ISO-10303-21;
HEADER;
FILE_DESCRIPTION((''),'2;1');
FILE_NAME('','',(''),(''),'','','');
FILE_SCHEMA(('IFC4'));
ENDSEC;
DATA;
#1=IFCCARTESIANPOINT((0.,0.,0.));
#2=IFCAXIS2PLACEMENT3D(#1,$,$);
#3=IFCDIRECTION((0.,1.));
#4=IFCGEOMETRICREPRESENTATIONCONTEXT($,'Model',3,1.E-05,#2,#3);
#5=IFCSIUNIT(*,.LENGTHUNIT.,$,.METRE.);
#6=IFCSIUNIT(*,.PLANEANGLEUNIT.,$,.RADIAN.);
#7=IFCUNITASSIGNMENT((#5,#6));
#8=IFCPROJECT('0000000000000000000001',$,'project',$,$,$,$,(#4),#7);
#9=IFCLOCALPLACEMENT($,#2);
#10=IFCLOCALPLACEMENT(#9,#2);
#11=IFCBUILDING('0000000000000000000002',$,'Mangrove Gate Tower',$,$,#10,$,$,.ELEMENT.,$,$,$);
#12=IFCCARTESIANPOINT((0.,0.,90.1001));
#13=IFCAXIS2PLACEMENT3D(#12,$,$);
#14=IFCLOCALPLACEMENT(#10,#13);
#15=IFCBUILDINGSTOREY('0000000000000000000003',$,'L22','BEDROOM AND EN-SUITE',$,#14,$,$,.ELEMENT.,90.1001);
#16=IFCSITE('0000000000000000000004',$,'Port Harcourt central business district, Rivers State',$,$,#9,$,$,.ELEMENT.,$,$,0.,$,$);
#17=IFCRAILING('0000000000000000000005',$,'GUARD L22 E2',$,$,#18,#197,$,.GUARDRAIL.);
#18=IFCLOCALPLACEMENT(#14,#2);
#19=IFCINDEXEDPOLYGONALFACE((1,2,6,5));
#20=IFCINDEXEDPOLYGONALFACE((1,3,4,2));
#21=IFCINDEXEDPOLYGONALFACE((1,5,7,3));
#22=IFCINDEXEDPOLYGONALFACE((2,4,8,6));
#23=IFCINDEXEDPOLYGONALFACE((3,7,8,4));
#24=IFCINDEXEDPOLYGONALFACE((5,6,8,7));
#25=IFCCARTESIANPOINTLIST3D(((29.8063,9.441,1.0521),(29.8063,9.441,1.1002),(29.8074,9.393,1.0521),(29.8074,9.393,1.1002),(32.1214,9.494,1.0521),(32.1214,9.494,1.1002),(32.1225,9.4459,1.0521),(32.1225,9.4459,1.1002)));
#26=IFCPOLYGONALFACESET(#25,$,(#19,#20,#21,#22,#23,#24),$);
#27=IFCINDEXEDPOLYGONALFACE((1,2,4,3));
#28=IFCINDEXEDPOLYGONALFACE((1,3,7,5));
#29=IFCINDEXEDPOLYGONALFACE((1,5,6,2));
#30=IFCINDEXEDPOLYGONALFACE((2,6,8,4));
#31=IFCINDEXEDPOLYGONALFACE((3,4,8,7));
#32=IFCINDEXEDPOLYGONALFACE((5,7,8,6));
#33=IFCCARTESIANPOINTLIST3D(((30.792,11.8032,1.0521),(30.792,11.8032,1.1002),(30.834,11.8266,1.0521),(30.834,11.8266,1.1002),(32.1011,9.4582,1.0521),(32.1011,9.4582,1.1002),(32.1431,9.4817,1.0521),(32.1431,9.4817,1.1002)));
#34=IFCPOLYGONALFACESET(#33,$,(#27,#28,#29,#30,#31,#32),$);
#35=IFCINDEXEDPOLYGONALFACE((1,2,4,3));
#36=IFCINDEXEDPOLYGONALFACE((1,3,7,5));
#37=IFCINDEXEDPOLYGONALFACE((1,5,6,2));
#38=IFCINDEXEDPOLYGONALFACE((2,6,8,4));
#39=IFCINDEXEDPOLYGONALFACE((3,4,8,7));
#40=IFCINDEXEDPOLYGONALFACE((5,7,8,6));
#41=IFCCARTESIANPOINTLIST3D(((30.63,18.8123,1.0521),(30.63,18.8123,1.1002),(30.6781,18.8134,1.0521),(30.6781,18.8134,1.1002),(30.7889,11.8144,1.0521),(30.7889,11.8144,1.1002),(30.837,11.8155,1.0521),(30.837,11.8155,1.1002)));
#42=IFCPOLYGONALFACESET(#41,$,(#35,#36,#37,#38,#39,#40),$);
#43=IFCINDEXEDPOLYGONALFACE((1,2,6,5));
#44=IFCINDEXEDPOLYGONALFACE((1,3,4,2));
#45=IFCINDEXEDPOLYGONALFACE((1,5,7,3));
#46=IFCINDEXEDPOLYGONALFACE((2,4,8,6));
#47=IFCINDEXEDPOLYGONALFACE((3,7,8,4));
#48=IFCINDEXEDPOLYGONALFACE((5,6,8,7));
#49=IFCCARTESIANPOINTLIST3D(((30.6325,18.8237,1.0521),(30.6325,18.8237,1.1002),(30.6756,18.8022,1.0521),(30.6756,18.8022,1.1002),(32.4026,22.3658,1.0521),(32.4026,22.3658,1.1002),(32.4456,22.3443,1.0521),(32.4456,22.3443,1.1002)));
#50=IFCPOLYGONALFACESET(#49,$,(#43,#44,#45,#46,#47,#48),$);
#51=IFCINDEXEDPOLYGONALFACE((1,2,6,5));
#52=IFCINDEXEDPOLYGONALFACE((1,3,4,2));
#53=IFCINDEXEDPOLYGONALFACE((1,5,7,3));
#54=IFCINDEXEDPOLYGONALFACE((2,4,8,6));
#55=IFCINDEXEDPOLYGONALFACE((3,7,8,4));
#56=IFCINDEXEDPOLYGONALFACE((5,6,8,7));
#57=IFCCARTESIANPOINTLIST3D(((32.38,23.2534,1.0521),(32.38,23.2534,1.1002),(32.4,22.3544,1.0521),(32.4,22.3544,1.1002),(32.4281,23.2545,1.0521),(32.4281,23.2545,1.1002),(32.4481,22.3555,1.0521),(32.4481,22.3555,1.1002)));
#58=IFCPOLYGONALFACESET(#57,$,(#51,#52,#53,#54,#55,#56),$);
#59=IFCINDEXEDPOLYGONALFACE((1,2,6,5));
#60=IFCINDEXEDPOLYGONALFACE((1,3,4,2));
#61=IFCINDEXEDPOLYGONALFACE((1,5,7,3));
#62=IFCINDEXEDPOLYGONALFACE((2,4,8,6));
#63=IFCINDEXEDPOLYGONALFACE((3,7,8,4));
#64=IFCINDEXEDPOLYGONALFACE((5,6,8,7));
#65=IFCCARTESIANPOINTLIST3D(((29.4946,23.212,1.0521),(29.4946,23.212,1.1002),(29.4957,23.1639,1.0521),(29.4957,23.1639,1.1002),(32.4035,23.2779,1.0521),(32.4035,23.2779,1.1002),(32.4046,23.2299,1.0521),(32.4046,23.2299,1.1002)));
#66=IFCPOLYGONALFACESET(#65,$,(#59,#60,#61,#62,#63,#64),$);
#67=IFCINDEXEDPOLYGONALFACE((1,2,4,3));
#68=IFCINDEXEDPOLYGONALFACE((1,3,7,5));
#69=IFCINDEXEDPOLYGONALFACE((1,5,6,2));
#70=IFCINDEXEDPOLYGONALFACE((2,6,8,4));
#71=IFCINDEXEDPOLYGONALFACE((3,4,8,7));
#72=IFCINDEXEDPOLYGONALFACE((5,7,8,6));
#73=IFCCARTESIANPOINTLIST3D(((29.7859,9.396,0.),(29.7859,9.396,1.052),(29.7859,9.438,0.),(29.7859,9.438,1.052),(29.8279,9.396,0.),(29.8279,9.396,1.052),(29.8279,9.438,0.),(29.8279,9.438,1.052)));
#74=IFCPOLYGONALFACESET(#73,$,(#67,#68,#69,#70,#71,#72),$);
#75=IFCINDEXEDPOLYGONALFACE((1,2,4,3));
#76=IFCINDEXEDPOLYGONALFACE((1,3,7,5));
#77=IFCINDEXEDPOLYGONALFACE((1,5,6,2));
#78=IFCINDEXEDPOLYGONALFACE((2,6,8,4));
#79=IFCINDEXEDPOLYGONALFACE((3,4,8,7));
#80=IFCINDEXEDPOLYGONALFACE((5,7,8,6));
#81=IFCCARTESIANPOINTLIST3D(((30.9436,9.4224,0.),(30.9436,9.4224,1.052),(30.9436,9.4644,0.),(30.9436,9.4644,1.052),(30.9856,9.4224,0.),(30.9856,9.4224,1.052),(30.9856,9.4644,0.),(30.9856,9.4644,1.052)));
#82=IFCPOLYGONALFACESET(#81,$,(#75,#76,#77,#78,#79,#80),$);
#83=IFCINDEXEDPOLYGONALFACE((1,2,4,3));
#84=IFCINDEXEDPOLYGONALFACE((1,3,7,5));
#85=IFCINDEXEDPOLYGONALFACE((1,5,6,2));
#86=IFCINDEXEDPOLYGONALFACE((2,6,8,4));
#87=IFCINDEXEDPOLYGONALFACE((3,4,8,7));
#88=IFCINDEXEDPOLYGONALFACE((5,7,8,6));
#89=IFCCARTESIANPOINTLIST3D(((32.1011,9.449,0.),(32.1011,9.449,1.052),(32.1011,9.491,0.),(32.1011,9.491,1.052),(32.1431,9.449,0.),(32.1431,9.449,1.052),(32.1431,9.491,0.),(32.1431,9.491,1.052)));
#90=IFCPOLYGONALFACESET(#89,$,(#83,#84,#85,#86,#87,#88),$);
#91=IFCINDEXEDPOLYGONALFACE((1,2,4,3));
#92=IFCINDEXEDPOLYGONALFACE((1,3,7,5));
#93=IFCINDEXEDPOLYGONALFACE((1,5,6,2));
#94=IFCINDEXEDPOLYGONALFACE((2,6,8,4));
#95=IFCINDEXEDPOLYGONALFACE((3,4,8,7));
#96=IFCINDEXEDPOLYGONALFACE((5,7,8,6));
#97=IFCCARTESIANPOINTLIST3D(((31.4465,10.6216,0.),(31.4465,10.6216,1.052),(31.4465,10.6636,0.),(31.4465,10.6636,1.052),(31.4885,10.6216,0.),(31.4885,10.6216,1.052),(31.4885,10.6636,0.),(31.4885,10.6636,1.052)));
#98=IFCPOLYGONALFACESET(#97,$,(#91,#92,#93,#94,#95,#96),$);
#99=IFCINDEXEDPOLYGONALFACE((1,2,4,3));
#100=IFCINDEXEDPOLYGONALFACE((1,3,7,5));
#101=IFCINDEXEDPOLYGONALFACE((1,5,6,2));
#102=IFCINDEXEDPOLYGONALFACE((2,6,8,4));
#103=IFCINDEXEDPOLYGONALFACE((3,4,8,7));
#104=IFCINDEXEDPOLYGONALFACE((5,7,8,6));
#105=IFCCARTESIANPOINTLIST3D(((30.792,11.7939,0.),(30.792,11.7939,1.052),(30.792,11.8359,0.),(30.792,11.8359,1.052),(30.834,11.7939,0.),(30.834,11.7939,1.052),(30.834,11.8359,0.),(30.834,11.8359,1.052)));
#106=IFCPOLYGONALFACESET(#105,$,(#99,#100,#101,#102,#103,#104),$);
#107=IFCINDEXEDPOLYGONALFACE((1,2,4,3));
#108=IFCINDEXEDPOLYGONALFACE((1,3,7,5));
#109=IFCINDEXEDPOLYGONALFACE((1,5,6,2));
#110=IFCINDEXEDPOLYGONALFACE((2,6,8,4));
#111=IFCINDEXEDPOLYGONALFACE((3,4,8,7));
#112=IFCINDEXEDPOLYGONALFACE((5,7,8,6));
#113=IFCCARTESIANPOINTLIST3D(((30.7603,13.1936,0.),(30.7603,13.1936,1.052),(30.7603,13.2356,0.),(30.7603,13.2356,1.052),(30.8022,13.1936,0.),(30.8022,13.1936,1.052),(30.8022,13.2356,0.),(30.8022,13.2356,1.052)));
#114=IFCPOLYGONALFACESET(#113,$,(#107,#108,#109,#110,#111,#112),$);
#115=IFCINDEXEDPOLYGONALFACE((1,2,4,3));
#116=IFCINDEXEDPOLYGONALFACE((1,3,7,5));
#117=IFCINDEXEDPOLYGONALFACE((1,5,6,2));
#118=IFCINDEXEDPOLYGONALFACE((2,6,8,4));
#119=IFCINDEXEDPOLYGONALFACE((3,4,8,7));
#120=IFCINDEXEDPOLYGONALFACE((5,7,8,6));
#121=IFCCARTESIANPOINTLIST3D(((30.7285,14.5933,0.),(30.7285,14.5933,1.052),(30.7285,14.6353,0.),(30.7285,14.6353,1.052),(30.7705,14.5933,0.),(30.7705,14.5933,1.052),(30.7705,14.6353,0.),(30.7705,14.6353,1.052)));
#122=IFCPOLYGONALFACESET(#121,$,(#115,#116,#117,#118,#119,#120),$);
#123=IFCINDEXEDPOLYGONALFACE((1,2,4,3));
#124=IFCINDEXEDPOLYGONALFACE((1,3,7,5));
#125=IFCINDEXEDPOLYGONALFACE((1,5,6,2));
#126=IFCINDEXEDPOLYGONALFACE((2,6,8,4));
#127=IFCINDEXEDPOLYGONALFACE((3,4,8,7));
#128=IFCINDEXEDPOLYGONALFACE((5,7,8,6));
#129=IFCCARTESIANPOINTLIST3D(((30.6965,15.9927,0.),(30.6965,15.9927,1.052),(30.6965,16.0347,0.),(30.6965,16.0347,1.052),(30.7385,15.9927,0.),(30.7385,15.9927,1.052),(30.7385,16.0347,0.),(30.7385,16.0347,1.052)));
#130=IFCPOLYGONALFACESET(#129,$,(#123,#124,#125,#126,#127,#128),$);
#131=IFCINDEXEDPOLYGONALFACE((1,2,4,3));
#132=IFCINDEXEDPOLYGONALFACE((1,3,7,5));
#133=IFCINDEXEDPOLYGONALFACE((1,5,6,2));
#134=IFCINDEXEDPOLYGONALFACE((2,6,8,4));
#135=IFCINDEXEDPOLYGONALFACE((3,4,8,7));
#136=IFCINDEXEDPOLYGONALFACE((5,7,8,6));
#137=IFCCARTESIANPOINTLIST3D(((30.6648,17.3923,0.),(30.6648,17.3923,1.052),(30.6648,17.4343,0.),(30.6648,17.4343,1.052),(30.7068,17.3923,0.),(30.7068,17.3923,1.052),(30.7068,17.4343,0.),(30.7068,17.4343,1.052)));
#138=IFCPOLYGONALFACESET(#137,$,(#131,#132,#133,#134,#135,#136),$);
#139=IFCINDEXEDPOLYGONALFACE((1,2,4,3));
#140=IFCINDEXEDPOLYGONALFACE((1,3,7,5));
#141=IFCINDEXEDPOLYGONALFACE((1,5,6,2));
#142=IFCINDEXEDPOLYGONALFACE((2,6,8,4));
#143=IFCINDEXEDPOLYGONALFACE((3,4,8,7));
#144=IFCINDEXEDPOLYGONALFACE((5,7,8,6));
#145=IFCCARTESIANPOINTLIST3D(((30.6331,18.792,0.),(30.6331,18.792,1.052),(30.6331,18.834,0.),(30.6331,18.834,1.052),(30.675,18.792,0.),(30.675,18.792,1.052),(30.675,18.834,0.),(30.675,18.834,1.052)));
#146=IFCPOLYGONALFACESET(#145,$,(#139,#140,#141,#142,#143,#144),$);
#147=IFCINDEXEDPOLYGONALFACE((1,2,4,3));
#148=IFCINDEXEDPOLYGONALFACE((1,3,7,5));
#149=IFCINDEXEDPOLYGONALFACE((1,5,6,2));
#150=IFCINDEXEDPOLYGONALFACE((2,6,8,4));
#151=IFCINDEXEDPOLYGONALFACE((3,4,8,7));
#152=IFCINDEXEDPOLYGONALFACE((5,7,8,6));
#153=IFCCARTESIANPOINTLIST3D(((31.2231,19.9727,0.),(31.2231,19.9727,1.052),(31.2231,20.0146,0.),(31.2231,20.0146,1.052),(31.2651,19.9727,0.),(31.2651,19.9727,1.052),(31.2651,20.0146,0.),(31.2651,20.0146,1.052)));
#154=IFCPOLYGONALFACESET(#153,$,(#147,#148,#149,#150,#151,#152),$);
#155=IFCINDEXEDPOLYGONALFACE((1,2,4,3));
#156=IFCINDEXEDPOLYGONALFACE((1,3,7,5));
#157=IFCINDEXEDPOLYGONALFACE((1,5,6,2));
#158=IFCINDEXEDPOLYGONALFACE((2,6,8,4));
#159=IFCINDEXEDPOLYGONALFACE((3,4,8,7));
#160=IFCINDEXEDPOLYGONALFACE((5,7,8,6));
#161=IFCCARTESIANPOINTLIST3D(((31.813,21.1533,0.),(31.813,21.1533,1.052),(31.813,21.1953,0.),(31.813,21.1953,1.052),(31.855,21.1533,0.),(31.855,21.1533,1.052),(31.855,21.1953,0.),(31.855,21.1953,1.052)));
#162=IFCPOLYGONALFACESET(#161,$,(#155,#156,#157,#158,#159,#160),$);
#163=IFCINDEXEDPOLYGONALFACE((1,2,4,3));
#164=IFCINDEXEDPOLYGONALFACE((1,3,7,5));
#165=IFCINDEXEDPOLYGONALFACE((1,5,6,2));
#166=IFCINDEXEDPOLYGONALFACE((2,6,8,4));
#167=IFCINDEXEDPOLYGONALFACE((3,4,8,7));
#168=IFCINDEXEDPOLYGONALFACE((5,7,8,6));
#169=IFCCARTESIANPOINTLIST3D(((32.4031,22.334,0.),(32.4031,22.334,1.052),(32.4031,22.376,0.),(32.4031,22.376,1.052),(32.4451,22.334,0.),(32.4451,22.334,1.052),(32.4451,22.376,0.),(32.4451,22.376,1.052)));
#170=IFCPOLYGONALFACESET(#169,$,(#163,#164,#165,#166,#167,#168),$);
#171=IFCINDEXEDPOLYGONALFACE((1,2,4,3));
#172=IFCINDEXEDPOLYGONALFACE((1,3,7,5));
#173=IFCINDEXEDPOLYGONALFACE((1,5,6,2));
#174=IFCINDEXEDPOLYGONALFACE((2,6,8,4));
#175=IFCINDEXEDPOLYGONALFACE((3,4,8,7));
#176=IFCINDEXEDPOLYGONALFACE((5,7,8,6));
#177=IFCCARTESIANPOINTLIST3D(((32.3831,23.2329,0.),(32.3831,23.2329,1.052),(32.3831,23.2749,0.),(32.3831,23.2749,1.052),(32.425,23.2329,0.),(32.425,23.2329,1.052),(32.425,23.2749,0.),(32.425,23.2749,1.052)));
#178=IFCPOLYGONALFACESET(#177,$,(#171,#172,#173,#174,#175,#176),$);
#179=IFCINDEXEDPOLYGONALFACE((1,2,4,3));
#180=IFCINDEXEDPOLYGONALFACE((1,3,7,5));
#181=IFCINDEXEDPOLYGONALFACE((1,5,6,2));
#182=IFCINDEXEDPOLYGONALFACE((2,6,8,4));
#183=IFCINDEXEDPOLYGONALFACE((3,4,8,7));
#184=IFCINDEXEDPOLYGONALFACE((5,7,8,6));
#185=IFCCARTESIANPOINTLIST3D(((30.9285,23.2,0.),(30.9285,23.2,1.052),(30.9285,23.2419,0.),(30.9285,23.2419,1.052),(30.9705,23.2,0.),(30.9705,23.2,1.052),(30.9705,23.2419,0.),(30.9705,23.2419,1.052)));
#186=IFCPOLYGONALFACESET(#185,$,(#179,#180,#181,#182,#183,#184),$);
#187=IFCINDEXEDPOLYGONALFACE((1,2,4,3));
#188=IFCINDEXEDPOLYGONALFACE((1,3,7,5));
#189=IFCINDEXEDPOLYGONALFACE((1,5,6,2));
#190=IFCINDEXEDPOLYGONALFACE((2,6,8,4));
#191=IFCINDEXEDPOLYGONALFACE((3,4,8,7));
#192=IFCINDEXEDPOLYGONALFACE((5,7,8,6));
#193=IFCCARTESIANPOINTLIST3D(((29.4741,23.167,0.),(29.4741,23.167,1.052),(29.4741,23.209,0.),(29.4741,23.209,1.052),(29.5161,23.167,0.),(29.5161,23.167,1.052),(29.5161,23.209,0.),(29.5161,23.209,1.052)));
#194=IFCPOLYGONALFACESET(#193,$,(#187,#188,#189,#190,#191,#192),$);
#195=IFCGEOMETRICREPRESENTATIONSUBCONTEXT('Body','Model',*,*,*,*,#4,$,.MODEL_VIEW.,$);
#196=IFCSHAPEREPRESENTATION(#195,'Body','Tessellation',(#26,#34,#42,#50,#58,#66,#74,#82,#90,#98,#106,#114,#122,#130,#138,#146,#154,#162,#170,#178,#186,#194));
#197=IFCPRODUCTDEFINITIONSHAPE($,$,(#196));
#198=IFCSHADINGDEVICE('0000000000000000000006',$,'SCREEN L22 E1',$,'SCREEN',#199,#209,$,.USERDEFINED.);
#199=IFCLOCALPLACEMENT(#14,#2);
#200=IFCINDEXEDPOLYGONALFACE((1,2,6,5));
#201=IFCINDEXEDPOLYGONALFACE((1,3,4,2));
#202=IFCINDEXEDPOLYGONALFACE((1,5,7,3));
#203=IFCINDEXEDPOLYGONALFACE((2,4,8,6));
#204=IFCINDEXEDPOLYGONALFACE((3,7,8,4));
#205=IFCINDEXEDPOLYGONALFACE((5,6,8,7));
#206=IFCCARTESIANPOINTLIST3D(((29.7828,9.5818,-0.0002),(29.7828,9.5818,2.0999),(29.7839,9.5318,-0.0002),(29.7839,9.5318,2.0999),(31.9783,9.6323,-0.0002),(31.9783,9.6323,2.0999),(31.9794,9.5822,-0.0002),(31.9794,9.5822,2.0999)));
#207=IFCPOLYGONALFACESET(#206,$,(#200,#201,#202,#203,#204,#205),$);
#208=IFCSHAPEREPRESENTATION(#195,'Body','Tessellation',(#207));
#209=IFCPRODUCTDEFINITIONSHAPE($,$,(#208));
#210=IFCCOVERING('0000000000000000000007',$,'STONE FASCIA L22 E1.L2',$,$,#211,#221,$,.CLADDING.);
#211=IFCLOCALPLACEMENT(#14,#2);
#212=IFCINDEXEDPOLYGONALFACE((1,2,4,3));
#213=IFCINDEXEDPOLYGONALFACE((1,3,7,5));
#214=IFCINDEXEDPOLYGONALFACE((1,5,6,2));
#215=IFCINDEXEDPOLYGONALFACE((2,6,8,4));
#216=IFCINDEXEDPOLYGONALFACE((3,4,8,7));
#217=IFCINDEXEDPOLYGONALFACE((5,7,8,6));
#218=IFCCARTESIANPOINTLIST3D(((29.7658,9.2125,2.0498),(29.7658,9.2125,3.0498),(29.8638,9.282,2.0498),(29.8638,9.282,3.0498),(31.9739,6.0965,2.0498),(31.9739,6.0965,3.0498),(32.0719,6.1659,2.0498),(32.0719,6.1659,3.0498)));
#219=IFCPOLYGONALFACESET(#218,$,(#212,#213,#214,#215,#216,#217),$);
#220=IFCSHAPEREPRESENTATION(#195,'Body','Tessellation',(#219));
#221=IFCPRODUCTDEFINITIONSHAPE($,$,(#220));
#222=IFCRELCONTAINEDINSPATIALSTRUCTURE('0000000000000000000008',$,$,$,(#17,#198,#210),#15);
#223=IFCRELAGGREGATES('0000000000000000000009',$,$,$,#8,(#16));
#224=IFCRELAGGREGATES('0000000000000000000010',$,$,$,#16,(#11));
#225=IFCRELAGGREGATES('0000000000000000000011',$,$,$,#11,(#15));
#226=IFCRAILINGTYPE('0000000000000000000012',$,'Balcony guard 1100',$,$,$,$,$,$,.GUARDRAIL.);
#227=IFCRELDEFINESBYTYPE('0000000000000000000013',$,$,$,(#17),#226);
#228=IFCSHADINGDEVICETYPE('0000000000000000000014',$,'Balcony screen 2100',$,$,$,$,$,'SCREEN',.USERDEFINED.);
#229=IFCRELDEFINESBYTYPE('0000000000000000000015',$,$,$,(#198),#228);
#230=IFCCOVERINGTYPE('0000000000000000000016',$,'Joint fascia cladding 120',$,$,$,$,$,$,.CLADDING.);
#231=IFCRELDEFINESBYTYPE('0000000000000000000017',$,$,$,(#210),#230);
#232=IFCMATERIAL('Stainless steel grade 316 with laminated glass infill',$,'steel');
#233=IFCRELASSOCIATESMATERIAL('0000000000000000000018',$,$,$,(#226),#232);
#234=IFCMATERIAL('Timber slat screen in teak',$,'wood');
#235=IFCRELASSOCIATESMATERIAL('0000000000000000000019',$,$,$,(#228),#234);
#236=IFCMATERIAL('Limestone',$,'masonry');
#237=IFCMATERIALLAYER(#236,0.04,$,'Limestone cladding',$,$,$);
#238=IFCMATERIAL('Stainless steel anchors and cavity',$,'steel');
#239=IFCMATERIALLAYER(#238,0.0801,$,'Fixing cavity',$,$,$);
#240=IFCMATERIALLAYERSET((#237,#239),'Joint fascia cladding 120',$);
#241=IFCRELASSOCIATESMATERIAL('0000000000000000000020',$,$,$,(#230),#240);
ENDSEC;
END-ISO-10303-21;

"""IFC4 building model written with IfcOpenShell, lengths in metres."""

from ifc_helpers import new_model, si_unit, direction, frame, frame_2d, origin, origin_2d, place, context, subcontext, project, spatial, rectangle, extrude, material, layer, layer_set, type_object, element, save


model = new_model("IFC4")

# Units and contexts
model_context = context("Model", 3, precision=1e-05, world=origin(), true_north=direction((0.0, 1.0)))
body_context = subcontext(model_context, "Body", "Model", "MODEL_VIEW")
ifc_project = project(units=[si_unit("LENGTHUNIT", "METRE"), si_unit("PLANEANGLEUNIT", "RADIAN")], contexts=[model_context])

# Site, building, storey
site_placement = place(None, origin())
site = spatial("IfcSite", under=ifc_project, at=site_placement, Name="Port Harcourt central business district, Rivers State", CompositionType="ELEMENT", RefElevation=0.0)
building_placement = place(site_placement, origin())
building = spatial("IfcBuilding", under=site, at=building_placement, Name="Mangrove Gate Tower", CompositionType="ELEMENT")
storey_placement = place(building_placement, frame((0.0, 0.0, 90.1001)))
storey = spatial("IfcBuildingStorey", under=building, at=storey_placement, Name="L22", Description="BEDROOM AND EN-SUITE", CompositionType="ELEMENT", Elevation=90.1001)

# Shared definitions
ifc_material_1 = material(Name="Limestone", Category="masonry")

# Railing
ifc_material_2 = material(Name="Stainless steel grade 316 with laminated glass infill", Category="steel")
railing_type = type_object("IfcRailingType", Name="Balcony guard 1100", PredefinedType="GUARDRAIL", material=ifc_material_2)
railing_placement = place(storey_placement, frame((29.8069, 9.417, 0.0)))
element("IfcRailing", 1, at=railing_placement, inside=storey, type_object=railing_type, Name="GUARD L22 E2", PredefinedType="GUARDRAIL", context=body_context, shape_type="SweptSolid", body=[
    extrude(rectangle(XDim=0.0481, YDim=0.0481, at=origin_2d()), frame((0.0, 0.0, 1.0762), z_axis=(0.999738, 0.022877, 0.0), x_axis=(-0.022877, 0.999738, 0.0)), (0.0, 0.0, 1.0), 2.3157),
    extrude(rectangle(XDim=0.0481, YDim=0.0481, at=origin_2d()), frame((2.3152, 0.053, 1.0762), z_axis=(-0.48744, 0.873156, 0.0), x_axis=(-0.873156, -0.48744, 0.0)), (0.0, 0.0, 1.0), 2.6855),
    extrude(rectangle(XDim=0.0481, YDim=0.0481, at=origin_2d()), frame((1.0061, 2.3979, 1.0762), z_axis=(-0.022706, 0.999742, 0.0), x_axis=(-0.999742, -0.022706, 0.0)), (0.0, 0.0, 1.0), 6.9998),
    extrude(rectangle(XDim=0.0481, YDim=0.0481, at=origin_2d()), frame((0.8472, 9.396, 1.0762), z_axis=(0.447016, 0.894526, 0.0), x_axis=(-0.894526, 0.447016, 0.0)), (0.0, 0.0, 1.0), 3.9597),
    extrude(rectangle(XDim=0.0481, YDim=0.0481, at=origin_2d()), frame((2.6172, 12.938, 1.0762), z_axis=(-0.022265, 0.999752, 0.0), x_axis=(-0.999752, -0.022265, 0.0)), (0.0, 0.0, 1.0), 0.8992),
    extrude(rectangle(XDim=0.0481, YDim=0.0481, at=origin_2d()), frame((2.5972, 13.8369, 1.0762), z_axis=(-0.999743, -0.022655, 0.0), x_axis=(0.022655, -0.999743, 0.0)), (0.0, 0.0, 1.0), 2.9097),
    extrude(rectangle(XDim=0.042, YDim=0.042, at=origin_2d()), origin(), (0.0, 0.0, 1.0), 1.052),
    extrude(rectangle(XDim=0.042, YDim=0.042, at=origin_2d()), frame((1.1577, 0.0264, 0.0)), (0.0, 0.0, 1.0), 1.052),
    extrude(rectangle(XDim=0.042, YDim=0.042, at=origin_2d()), frame((2.3152, 0.053, 0.0)), (0.0, 0.0, 1.0), 1.052),
    extrude(rectangle(XDim=0.042, YDim=0.042, at=origin_2d()), frame((1.6606, 1.2256, 0.0)), (0.0, 0.0, 1.0), 1.052),
    extrude(rectangle(XDim=0.042, YDim=0.042, at=origin_2d()), frame((1.0061, 2.3979, 0.0)), (0.0, 0.0, 1.0), 1.052),
    extrude(rectangle(XDim=0.042, YDim=0.042, at=origin_2d()), frame((0.9744, 3.7976, 0.0)), (0.0, 0.0, 1.0), 1.052),
    extrude(rectangle(XDim=0.042, YDim=0.042, at=origin_2d()), frame((0.9426, 5.1973, 0.0)), (0.0, 0.0, 1.0), 1.052),
    extrude(rectangle(XDim=0.042, YDim=0.042, at=origin_2d()), frame((0.9106, 6.5967, 0.0)), (0.0, 0.0, 1.0), 1.052),
    extrude(rectangle(XDim=0.042, YDim=0.042, at=origin_2d()), frame((0.8789, 7.9963, 0.0)), (0.0, 0.0, 1.0), 1.052),
    extrude(rectangle(XDim=0.042, YDim=0.042, at=origin_2d()), frame((0.8472, 9.396, 0.0)), (0.0, 0.0, 1.0), 1.052),
    extrude(rectangle(XDim=0.042, YDim=0.042, at=origin_2d()), frame((1.4373, 10.5767, 0.0)), (0.0, 0.0, 1.0), 1.052),
    extrude(rectangle(XDim=0.042, YDim=0.042, at=origin_2d()), frame((2.0271, 11.7573, 0.0)), (0.0, 0.0, 1.0), 1.052),
    extrude(rectangle(XDim=0.042, YDim=0.042, at=origin_2d()), frame((2.6172, 12.938, 0.0)), (0.0, 0.0, 1.0), 1.052),
    extrude(rectangle(XDim=0.042, YDim=0.042, at=origin_2d()), frame((2.5972, 13.8369, 0.0)), (0.0, 0.0, 1.0), 1.052),
    extrude(rectangle(XDim=0.042, YDim=0.042, at=origin_2d()), frame((1.1426, 13.804, 0.0)), (0.0, 0.0, 1.0), 1.052),
    extrude(rectangle(XDim=0.042, YDim=0.042, at=origin_2d()), frame((-0.3118, 13.771, 0.0)), (0.0, 0.0, 1.0), 1.052),
])

# Shading device
ifc_material_3 = material(Name="Timber slat screen in teak", Category="wood")
shading_device_type = type_object("IfcShadingDeviceType", Name="Balcony screen 2100", ElementType="SCREEN", PredefinedType="USERDEFINED", material=ifc_material_3)
shading_device_placement = place(storey_placement, frame((30.8811, 9.582, -0.0002), z_axis=(0.0, 0.0, 1.0), x_axis=(0.999736, 0.022967, 0.0)))
element("IfcShadingDevice", 2, at=shading_device_placement, inside=storey, type_object=shading_device_type, Name="SCREEN L22 E1", ObjectType="SCREEN", PredefinedType="USERDEFINED", context=body_context, shape_type="SweptSolid", body=[
    extrude(rectangle(XDim=2.196, YDim=0.05, at=origin_2d()), origin(), (0.0, 0.0, 1.0), 2.1001),
])

# Covering
ifc_layer_1 = layer(ifc_material_1, 0.04, Name="Limestone cladding")
ifc_material_4 = material(Name="Stainless steel anchors and cavity", Category="steel")
ifc_layer_2 = layer(ifc_material_4, 0.0801, Name="Fixing cavity")
ifc_layer_set_1 = layer_set([ifc_layer_1, ifc_layer_2], Name="Joint fascia cladding 120")
covering_type = type_object("IfcCoveringType", Name="Joint fascia cladding 120", PredefinedType="CLADDING", material=ifc_layer_set_1)
covering_placement = place(storey_placement, frame((32.0229, 6.1311, 2.0498), z_axis=(0.0, 0.0, 1.0), x_axis=(-0.578168, 0.815918, 0.0)))
element("IfcCovering", 3, at=covering_placement, inside=storey, type_object=covering_type, Name="STONE FASCIA L22 E1.L2", PredefinedType="CLADDING", context=body_context, shape_type="SweptSolid", body=[
    extrude(rectangle(XDim=3.8191, YDim=0.1201, at=frame_2d((1.9097, 0.0))), origin(), (0.0, 0.0, 1.0), 1.0),
])

save(model, "model.ifc")
